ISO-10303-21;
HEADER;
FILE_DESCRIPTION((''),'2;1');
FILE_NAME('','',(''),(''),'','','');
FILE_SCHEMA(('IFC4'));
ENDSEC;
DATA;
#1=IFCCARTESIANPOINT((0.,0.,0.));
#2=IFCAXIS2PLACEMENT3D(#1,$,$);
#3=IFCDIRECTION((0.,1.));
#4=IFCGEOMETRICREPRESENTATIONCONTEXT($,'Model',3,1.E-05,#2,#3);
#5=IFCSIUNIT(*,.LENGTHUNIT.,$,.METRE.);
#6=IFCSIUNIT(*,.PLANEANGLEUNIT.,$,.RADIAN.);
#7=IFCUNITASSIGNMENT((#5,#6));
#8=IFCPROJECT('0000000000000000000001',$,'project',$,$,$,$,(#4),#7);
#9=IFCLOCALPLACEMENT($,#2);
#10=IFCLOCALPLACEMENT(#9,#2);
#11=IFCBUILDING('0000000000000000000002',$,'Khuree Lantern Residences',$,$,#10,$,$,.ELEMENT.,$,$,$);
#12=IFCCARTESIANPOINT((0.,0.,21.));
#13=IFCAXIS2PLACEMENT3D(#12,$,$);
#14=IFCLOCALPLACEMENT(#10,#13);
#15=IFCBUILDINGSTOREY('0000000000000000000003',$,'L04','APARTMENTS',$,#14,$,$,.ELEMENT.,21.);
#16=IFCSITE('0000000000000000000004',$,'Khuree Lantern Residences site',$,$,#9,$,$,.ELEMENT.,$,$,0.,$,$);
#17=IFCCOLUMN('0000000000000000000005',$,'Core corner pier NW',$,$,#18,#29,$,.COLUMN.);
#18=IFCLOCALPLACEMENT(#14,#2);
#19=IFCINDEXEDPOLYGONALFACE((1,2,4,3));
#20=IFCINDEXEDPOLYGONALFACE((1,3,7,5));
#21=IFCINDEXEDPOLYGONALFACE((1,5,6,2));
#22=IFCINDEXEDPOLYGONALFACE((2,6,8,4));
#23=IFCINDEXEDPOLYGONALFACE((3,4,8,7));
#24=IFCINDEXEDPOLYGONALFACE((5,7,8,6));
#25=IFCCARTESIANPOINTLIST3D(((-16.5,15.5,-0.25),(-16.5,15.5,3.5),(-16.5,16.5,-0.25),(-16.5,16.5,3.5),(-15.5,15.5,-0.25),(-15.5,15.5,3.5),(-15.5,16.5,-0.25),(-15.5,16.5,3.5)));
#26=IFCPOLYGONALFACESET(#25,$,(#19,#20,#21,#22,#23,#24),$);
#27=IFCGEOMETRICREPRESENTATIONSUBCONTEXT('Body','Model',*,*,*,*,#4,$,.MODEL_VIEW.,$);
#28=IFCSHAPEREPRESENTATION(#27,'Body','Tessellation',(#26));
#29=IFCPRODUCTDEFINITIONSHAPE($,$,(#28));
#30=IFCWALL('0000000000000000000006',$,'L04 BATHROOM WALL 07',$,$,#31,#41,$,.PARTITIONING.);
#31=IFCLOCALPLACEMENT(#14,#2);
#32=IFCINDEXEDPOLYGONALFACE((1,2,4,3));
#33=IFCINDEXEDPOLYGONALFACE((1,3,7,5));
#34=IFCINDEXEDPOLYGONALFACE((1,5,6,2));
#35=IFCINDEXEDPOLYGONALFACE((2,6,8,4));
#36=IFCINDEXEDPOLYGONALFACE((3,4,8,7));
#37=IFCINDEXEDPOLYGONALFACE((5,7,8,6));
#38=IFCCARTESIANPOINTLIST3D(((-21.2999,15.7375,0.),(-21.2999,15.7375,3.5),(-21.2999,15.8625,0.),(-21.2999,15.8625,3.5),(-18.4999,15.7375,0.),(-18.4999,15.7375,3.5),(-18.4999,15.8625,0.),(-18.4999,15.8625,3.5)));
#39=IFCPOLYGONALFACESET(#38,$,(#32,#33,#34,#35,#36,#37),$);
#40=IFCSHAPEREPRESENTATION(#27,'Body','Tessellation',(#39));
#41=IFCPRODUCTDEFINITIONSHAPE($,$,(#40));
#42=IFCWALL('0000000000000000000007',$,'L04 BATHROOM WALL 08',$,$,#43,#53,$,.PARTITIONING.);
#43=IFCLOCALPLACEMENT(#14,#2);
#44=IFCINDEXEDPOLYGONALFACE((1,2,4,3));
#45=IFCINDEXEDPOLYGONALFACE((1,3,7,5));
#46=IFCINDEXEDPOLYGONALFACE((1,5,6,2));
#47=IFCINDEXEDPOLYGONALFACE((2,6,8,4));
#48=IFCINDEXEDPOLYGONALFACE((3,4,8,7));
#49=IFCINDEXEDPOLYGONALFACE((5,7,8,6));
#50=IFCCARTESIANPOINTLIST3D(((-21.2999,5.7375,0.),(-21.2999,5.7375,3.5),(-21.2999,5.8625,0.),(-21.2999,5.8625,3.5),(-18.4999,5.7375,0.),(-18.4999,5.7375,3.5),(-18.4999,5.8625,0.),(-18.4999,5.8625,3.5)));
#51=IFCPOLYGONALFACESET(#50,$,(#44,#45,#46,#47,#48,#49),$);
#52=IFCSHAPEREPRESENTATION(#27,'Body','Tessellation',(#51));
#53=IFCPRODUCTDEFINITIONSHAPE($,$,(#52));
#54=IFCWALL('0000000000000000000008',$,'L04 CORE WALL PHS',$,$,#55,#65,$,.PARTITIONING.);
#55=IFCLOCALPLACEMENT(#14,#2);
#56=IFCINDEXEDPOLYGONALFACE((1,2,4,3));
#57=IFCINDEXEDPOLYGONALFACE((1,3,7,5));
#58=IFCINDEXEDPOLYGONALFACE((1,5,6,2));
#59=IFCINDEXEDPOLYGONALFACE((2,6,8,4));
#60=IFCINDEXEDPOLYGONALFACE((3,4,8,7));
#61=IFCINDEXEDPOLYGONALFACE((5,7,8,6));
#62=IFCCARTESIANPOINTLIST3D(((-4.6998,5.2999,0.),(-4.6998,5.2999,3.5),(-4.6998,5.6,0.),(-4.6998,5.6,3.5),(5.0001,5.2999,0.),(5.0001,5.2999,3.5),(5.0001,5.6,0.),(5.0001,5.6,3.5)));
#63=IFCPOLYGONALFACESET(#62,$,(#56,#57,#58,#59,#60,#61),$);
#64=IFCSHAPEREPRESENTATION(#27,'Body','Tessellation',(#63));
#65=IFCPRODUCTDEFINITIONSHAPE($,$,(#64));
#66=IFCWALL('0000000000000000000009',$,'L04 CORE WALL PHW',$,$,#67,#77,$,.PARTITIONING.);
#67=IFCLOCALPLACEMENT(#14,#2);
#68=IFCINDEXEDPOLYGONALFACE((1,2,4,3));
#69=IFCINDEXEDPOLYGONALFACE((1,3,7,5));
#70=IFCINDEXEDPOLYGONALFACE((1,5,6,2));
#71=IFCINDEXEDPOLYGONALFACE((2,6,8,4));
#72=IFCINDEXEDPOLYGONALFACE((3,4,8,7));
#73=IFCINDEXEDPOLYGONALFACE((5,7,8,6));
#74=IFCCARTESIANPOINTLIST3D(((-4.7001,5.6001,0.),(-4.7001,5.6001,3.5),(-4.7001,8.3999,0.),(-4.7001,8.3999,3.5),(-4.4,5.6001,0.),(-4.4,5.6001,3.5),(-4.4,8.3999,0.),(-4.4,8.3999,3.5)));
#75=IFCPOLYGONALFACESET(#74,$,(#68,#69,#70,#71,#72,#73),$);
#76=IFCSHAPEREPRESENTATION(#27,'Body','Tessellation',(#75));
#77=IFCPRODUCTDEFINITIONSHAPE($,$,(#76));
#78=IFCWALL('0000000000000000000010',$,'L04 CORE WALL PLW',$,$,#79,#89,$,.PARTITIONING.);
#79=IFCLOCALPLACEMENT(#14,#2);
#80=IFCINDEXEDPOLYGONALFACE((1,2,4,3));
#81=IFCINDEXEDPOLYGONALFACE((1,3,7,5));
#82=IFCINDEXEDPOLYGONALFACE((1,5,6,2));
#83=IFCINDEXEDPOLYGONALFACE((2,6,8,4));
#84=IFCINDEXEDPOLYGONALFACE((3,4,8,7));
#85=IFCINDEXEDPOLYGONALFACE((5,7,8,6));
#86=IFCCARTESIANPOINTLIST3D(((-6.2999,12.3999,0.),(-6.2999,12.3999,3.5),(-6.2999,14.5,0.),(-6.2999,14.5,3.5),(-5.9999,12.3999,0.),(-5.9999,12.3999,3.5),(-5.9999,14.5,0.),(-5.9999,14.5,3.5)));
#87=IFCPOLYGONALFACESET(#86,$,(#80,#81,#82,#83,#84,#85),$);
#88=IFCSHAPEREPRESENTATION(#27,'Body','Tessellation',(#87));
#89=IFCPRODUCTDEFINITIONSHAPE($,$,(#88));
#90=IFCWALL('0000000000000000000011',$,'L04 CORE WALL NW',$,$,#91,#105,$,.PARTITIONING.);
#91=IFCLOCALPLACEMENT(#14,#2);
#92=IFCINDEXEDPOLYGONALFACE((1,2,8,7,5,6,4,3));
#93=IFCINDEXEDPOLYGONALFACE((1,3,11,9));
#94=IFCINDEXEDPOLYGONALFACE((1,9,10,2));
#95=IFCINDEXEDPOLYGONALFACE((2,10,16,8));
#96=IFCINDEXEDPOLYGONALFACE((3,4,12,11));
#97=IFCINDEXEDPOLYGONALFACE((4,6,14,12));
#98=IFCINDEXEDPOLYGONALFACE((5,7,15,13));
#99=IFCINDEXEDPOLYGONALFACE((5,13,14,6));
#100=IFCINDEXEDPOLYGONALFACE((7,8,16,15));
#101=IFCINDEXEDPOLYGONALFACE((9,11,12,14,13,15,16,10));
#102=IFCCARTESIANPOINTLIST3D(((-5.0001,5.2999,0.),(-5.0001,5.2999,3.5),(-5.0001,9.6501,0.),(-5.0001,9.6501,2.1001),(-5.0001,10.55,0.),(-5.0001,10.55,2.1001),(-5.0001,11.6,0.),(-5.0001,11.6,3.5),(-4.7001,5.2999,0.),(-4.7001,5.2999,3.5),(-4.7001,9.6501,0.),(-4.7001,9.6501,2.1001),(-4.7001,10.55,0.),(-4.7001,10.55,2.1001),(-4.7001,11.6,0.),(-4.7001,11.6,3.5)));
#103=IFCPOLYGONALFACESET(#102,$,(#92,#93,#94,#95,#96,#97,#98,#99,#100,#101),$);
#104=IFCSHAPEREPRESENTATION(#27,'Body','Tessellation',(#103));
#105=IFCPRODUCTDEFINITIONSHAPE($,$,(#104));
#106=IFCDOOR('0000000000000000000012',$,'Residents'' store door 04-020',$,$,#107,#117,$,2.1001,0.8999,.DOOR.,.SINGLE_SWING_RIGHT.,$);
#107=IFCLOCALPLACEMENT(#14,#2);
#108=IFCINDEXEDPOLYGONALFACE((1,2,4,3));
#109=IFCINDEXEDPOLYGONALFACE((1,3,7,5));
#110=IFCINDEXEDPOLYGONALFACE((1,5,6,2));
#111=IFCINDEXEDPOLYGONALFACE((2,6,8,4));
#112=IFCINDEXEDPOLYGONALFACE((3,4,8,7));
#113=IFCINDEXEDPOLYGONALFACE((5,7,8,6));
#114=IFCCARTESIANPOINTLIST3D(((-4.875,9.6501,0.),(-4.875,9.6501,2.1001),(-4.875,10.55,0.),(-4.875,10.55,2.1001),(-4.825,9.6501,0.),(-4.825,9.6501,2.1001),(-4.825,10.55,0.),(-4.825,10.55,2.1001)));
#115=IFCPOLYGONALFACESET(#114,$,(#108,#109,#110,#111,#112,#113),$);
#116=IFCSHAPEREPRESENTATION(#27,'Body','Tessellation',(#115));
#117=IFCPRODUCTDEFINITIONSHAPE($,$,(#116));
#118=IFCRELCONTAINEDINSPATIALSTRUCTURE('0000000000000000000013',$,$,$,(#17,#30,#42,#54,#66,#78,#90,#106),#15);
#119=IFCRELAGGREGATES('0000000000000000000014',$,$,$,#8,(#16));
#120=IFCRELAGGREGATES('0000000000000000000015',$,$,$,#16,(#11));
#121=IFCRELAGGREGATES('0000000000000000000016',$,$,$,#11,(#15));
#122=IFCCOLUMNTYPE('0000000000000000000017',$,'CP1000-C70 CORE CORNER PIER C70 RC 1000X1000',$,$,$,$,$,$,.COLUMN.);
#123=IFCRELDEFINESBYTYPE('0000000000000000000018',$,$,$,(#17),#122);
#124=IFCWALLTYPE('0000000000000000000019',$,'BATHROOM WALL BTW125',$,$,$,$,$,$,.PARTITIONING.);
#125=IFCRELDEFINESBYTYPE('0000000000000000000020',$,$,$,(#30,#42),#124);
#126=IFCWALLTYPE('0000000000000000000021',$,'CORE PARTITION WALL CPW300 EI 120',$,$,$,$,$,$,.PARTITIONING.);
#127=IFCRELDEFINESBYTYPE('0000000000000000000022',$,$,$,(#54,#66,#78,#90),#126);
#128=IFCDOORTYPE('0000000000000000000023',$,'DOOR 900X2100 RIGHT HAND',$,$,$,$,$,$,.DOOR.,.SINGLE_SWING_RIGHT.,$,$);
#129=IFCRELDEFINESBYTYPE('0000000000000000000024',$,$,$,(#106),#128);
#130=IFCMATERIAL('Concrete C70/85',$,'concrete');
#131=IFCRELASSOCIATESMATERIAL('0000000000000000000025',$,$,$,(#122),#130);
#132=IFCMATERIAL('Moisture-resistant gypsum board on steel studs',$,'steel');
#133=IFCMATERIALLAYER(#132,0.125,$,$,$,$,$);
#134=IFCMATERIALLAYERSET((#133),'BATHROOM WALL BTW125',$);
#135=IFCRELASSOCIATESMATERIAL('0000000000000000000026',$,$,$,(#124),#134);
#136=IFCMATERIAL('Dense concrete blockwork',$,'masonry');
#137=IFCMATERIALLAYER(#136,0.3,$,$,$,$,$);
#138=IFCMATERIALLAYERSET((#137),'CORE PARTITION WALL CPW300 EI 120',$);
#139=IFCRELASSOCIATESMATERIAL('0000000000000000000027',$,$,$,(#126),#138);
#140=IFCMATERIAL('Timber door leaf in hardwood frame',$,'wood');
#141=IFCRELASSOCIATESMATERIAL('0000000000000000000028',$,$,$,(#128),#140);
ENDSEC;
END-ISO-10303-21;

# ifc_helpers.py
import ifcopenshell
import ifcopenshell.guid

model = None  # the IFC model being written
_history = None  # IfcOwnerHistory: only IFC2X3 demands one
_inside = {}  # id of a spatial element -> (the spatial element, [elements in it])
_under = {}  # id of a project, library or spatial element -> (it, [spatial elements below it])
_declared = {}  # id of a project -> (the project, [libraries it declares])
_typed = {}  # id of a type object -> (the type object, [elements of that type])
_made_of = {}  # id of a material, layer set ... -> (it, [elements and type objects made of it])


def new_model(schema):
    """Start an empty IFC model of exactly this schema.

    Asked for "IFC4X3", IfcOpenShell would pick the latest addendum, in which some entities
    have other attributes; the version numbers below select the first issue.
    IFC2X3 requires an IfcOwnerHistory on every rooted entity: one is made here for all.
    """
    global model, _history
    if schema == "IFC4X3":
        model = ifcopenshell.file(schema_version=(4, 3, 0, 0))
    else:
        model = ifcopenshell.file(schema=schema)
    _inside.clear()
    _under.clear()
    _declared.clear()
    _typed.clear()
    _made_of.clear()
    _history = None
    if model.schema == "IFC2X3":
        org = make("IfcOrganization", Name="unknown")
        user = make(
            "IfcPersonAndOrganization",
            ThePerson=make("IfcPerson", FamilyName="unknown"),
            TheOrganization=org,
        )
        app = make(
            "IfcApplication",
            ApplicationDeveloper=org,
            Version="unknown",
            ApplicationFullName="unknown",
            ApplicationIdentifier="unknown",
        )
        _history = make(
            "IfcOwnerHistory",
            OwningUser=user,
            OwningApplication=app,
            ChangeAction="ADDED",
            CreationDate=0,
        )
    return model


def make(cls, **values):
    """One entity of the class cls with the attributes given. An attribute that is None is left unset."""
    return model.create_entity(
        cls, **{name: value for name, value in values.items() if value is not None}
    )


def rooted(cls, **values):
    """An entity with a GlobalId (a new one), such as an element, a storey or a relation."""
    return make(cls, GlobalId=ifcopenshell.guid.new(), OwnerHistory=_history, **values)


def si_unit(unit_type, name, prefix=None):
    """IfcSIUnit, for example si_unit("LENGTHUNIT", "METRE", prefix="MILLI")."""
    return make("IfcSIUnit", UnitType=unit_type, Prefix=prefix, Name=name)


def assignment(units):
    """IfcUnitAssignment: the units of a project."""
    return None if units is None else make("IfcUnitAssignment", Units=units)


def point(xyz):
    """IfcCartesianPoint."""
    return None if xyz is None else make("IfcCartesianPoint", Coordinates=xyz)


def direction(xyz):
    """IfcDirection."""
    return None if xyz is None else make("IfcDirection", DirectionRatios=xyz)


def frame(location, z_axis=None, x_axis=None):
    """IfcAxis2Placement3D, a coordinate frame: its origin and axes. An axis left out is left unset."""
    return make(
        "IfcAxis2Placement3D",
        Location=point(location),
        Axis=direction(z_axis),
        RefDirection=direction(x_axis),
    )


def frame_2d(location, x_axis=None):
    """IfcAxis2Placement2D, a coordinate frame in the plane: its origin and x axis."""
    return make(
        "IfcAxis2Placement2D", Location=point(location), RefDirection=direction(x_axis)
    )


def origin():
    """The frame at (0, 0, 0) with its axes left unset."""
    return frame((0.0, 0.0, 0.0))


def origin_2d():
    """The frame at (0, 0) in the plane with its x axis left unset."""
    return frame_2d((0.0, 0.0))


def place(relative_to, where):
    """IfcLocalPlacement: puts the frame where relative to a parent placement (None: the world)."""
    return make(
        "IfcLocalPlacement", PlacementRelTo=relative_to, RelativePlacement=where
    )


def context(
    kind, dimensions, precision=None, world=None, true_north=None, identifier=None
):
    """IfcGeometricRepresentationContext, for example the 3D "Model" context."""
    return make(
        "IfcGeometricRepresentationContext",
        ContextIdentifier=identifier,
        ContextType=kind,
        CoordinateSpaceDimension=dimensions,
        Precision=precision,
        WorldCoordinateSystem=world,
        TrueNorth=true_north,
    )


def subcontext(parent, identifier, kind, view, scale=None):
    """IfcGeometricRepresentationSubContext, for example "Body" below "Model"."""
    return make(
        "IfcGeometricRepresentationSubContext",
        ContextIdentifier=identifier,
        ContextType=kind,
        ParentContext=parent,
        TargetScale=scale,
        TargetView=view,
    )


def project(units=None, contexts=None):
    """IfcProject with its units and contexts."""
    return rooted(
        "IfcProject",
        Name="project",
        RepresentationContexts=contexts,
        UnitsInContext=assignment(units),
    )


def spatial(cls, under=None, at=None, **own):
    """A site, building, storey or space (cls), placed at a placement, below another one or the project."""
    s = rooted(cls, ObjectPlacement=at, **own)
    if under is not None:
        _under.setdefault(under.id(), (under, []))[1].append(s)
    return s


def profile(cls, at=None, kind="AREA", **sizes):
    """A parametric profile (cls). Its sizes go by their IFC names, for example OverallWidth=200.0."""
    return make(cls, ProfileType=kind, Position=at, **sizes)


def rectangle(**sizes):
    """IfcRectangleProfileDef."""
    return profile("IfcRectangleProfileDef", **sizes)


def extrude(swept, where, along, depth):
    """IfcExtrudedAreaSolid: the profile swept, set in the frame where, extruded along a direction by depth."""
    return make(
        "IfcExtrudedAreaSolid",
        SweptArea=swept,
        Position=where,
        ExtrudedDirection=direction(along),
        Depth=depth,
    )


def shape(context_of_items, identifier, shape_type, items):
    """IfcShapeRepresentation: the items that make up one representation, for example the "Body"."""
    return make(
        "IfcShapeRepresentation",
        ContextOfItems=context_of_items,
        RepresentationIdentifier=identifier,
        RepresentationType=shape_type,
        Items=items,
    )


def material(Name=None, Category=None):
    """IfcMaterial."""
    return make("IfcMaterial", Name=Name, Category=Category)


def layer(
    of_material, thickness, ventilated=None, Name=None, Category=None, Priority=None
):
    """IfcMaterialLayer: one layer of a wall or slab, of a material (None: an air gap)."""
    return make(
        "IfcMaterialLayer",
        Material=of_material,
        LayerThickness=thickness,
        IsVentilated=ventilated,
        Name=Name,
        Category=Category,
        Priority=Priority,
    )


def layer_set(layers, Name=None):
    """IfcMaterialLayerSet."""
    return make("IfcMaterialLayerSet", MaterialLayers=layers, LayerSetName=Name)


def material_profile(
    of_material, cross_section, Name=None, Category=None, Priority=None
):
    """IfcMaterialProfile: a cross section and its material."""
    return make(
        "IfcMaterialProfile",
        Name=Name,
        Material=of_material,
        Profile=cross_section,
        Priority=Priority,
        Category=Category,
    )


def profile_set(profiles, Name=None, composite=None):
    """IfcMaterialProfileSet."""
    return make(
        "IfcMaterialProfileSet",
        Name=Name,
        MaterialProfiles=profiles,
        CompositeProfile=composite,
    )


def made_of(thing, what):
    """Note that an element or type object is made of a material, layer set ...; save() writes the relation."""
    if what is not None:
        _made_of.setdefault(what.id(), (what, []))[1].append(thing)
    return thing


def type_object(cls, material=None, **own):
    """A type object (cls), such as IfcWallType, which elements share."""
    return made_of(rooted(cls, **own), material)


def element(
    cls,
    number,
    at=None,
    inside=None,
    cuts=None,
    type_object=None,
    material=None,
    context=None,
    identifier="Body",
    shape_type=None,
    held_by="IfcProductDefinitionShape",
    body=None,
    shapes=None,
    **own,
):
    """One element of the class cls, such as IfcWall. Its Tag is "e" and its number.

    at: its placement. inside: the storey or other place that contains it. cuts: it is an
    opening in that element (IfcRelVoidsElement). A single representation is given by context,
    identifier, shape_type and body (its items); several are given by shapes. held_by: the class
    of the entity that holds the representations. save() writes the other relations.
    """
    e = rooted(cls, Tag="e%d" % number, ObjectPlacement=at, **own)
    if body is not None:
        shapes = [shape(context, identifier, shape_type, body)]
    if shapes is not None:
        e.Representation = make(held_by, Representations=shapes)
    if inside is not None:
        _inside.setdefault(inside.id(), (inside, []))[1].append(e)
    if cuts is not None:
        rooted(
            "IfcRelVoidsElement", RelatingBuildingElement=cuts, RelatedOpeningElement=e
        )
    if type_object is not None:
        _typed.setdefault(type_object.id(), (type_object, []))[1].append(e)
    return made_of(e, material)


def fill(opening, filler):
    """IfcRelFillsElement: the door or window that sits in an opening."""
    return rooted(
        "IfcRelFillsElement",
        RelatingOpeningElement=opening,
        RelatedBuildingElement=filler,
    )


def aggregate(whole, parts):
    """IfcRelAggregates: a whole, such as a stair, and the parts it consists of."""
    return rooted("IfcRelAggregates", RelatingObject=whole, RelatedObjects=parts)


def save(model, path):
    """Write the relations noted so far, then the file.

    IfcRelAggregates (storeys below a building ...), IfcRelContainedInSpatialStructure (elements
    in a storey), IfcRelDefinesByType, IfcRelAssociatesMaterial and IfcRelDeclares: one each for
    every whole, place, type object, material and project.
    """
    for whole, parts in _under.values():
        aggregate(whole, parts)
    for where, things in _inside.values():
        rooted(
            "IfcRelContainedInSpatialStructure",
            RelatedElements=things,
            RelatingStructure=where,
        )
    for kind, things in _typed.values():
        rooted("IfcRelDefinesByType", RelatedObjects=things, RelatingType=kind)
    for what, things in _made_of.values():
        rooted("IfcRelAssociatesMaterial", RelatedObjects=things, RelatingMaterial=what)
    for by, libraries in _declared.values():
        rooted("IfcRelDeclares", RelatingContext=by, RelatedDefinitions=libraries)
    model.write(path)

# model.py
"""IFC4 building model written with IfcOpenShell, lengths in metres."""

from ifc_helpers import new_model, si_unit, direction, frame, frame_2d, origin, origin_2d, place, context, subcontext, project, spatial, rectangle, extrude, material, layer, layer_set, material_profile, profile_set, type_object, element, fill, save


model = new_model("IFC4")

# Units and contexts
model_context = context("Model", 3, precision=1e-05, world=origin(), true_north=direction((0.0, 1.0)))
body_context = subcontext(model_context, "Body", "Model", "MODEL_VIEW")
ifc_project = project(units=[si_unit("LENGTHUNIT", "METRE"), si_unit("PLANEANGLEUNIT", "RADIAN")], contexts=[model_context])

# Site, building, storey
site_placement = place(None, origin())
site = spatial("IfcSite", under=ifc_project, at=site_placement, Name="Khuree Lantern Residences site", CompositionType="ELEMENT", RefElevation=0.0)
building_placement = place(site_placement, origin())
building = spatial("IfcBuilding", under=site, at=building_placement, Name="Khuree Lantern Residences", CompositionType="ELEMENT")
storey_placement = place(building_placement, frame((0.0, 0.0, 21.0)))
storey = spatial("IfcBuildingStorey", under=building, at=storey_placement, Name="L04", Description="APARTMENTS", CompositionType="ELEMENT", Elevation=21.0)

# Column
ifc_material_1 = material(Name="Concrete C70/85", Category="concrete")
ifc_material_profile = material_profile(ifc_material_1, rectangle(XDim=1.0, YDim=1.0, at=origin_2d()), Name="RC 1000X1000")
ifc_profile_set = profile_set([ifc_material_profile], Name="Concrete C70/85")
column_type = type_object("IfcColumnType", Name="CP1000-C70 CORE CORNER PIER C70 RC 1000X1000", PredefinedType="COLUMN", material=ifc_profile_set)
column_placement = place(storey_placement, frame((-16.0, 16.0, -0.25), z_axis=(0.0, 0.0, 1.0), x_axis=(1.0, 0.0, 0.0)))
element("IfcColumn", 1, at=column_placement, inside=storey, type_object=column_type, Name="Core corner pier NW", PredefinedType="COLUMN", context=body_context, shape_type="SweptSolid", body=[
    extrude(rectangle(XDim=1.0, YDim=1.0, at=origin_2d()), origin(), (0.0, 0.0, 1.0), 3.75),
])

# Walls
ifc_material_2 = material(Name="Moisture-resistant gypsum board on steel studs", Category="steel")
ifc_layer_1 = layer(ifc_material_2, 0.125)
ifc_layer_set_1 = layer_set([ifc_layer_1], Name="BATHROOM WALL BTW125")
wall_type_1 = type_object("IfcWallType", Name="BATHROOM WALL BTW125", PredefinedType="PARTITIONING", material=ifc_layer_set_1)
for number, where, z_axis, x_axis, name in (
    (2, (-18.5, 15.8, 0.0), (0.0, 0.0, 1.0), (-1.0, 0.0, 0.0), "L04 BATHROOM WALL 07"),
    (3, (-18.5, 5.8, 0.0), (0.0, 0.0, 1.0), (-1.0, 0.0, 0.0), "L04 BATHROOM WALL 08"),
):
    element("IfcWall", number, at=place(storey_placement, frame(where, z_axis=z_axis, x_axis=x_axis)), inside=storey, type_object=wall_type_1, Name=name, PredefinedType="PARTITIONING", context=body_context, shape_type="SweptSolid", body=[
        extrude(rectangle(XDim=2.8, YDim=0.125, at=frame_2d((1.3999, 0.0))), origin(), (0.0, 0.0, 1.0), 3.5),
    ])
ifc_material_3 = material(Name="Dense concrete blockwork", Category="masonry")
ifc_layer_2 = layer(ifc_material_3, 0.3)
ifc_layer_set_2 = layer_set([ifc_layer_2], Name="CORE PARTITION WALL CPW300 EI 120")
wall_type_2 = type_object("IfcWallType", Name="CORE PARTITION WALL CPW300 EI 120", PredefinedType="PARTITIONING", material=ifc_layer_set_2)
wall_1_placement = place(storey_placement, frame((-4.7, 5.45, 0.0), z_axis=(0.0, 0.0, 1.0), x_axis=(1.0, 0.0, 0.0)))
element("IfcWall", 4, at=wall_1_placement, inside=storey, type_object=wall_type_2, Name="L04 CORE WALL PHS", PredefinedType="PARTITIONING", context=body_context, shape_type="SweptSolid", body=[
    extrude(rectangle(XDim=9.7, YDim=0.3, at=frame_2d((4.8501, 0.0))), origin(), (0.0, 0.0, 1.0), 3.5),
])
wall_2_placement = place(storey_placement, frame((-4.55, 5.6001, 0.0), z_axis=(0.0, 0.0, 1.0), x_axis=(0.0, 1.0, 0.0)))
element("IfcWall", 5, at=wall_2_placement, inside=storey, type_object=wall_type_2, Name="L04 CORE WALL PHW", PredefinedType="PARTITIONING", context=body_context, shape_type="SweptSolid", body=[
    extrude(rectangle(XDim=2.7998, YDim=0.3, at=frame_2d((1.3999, 0.0))), origin(), (0.0, 0.0, 1.0), 3.5),
])
wall_3_placement = place(storey_placement, frame((-6.1499, 12.3999, 0.0), z_axis=(0.0, 0.0, 1.0), x_axis=(0.0, 1.0, 0.0)))
element("IfcWall", 6, at=wall_3_placement, inside=storey, type_object=wall_type_2, Name="L04 CORE WALL PLW", PredefinedType="PARTITIONING", context=body_context, shape_type="SweptSolid", body=[
    extrude(rectangle(XDim=2.1001, YDim=0.3, at=frame_2d((1.05, 0.0))), origin(), (0.0, 0.0, 1.0), 3.5),
])

# Wall, opening, door
wall_4_placement = place(storey_placement, frame((-4.8501, 5.3, 0.0), z_axis=(0.0, 0.0, 1.0), x_axis=(0.0, 1.0, 0.0)))
wall_4 = element("IfcWall", 7, at=wall_4_placement, inside=storey, type_object=wall_type_2, Name="L04 CORE WALL NW", PredefinedType="PARTITIONING", context=body_context, shape_type="SweptSolid", body=[
    extrude(rectangle(XDim=6.3, YDim=0.3, at=frame_2d((3.1499, 0.0))), origin(), (0.0, 0.0, 1.0), 3.5),
])
opening_1_placement = place(wall_4_placement, frame((4.3501, 0.0, 0.0)))
opening_1 = element("IfcOpeningElement", 8, at=opening_1_placement, cuts=wall_4, PredefinedType="OPENING", context=body_context, shape_type="SweptSolid", body=[
    extrude(rectangle(XDim=0.8999, YDim=2.1001, at=frame_2d((0.45, 1.05))), frame((0.0, 0.1602, 0.0), z_axis=(0.0, -1.0, 0.0), x_axis=(1.0, 0.0, 0.0)), (0.0, 0.0, 1.0), 0.3201),
])
ifc_material_4 = material(Name="Timber door leaf in hardwood frame", Category="wood")
door_type_1 = type_object("IfcDoorType", Name="DOOR 900X2100 RIGHT HAND", OperationType="SINGLE_SWING_RIGHT", PredefinedType="DOOR", material=ifc_material_4)
door_1_placement = place(opening_1_placement, origin())
door_1 = element("IfcDoor", 9, at=door_1_placement, inside=storey, type_object=door_type_1, Name="Residents' store door 04-020", OperationType="SINGLE_SWING_RIGHT", OverallHeight=2.1001, OverallWidth=0.8999, PredefinedType="DOOR", context=body_context, shape_type="SweptSolid", body=[
    extrude(rectangle(XDim=0.8999, YDim=2.1001, at=frame_2d((0.45, 1.05))), frame((0.0, 0.0249, 0.0), z_axis=(0.0, -1.0, 0.0), x_axis=(1.0, 0.0, 0.0)), (0.0, 0.0, 1.0), 0.05),
])
fill(opening_1, door_1)

save(model, "model.ifc")
